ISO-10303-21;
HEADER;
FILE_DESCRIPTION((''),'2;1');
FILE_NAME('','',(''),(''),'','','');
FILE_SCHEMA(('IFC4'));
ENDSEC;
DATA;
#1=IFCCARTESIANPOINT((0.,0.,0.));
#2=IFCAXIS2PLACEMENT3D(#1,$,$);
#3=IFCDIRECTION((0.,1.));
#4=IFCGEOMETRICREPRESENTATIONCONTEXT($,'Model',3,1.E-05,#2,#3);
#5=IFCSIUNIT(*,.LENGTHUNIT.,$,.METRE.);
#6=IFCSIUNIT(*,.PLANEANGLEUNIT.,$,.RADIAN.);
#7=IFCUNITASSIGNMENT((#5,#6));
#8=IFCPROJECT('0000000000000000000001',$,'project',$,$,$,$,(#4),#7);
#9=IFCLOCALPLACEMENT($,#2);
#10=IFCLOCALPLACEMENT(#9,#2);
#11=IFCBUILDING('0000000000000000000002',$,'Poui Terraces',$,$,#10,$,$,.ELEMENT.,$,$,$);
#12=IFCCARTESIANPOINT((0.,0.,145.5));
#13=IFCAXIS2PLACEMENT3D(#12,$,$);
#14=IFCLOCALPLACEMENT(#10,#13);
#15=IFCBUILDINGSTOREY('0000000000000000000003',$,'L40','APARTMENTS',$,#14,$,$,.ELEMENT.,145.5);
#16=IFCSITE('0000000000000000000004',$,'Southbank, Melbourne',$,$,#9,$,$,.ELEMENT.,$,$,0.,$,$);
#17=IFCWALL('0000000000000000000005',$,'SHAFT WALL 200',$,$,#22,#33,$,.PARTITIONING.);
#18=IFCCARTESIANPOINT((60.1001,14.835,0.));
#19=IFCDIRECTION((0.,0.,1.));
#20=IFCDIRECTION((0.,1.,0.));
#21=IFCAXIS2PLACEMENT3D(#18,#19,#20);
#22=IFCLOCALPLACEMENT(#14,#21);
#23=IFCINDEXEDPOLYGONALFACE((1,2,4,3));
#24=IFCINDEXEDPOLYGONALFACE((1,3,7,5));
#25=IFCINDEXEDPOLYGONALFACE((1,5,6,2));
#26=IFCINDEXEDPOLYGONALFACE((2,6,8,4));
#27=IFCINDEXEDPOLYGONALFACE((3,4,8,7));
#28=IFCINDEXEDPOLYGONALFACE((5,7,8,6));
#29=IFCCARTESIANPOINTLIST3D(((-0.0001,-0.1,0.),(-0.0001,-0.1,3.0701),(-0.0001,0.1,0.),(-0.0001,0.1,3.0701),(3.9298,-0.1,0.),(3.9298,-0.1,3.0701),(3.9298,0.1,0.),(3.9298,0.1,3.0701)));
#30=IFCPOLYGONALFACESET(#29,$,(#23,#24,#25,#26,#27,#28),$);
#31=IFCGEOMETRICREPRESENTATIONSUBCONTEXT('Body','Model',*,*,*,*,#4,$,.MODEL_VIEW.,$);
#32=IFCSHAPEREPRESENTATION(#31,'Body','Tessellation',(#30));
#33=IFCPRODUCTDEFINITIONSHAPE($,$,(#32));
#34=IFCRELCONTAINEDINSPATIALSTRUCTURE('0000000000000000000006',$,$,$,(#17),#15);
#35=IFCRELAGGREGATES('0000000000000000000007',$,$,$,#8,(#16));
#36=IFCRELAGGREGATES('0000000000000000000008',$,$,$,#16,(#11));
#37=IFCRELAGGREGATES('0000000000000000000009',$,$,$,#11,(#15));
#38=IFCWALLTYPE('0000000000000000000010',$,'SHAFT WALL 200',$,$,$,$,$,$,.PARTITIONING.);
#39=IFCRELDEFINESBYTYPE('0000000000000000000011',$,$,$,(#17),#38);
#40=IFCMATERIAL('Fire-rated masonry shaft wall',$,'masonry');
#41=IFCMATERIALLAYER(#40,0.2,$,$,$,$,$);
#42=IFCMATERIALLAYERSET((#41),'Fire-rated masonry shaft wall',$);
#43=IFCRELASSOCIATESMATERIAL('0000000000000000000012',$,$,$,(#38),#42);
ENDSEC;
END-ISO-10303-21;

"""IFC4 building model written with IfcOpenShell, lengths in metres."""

from ifc_helpers import new_model, si_unit, direction, frame, frame_2d, origin, place, context, subcontext, project, spatial, rectangle, extrude, material, layer, layer_set, type_object, element, save


model = new_model("IFC4")

# Units and contexts
model_context = context("Model", 3, precision=1e-05, world=origin(), true_north=direction((0.0, 1.0)))
body_context = subcontext(model_context, "Body", "Model", "MODEL_VIEW")
ifc_project = project(units=[si_unit("LENGTHUNIT", "METRE"), si_unit("PLANEANGLEUNIT", "RADIAN")], contexts=[model_context])

# Site, building, storey
site_placement = place(None, origin())
site = spatial("IfcSite", under=ifc_project, at=site_placement, Name="Southbank, Melbourne", CompositionType="ELEMENT", RefElevation=0.0)
building_placement = place(site_placement, origin())
building = spatial("IfcBuilding", under=site, at=building_placement, Name="Poui Terraces", CompositionType="ELEMENT")
storey_placement = place(building_placement, frame((0.0, 0.0, 145.5)))
storey = spatial("IfcBuildingStorey", under=building, at=storey_placement, Name="L40", Description="APARTMENTS", CompositionType="ELEMENT", Elevation=145.5)

# Wall
ifc_material_1 = material(Name="Fire-rated masonry shaft wall", Category="masonry")
ifc_layer_1 = layer(ifc_material_1, 0.2)
ifc_layer_set_1 = layer_set([ifc_layer_1], Name="Fire-rated masonry shaft wall")
wall_type_1 = type_object("IfcWallType", Name="SHAFT WALL 200", PredefinedType="PARTITIONING", material=ifc_layer_set_1)
wall_1_placement = place(storey_placement, frame((60.1001, 14.835, 0.0), z_axis=(0.0, 0.0, 1.0), x_axis=(0.0, 1.0, 0.0)))
element("IfcWall", 1, at=wall_1_placement, inside=storey, type_object=wall_type_1, Name="SHAFT WALL 200", PredefinedType="PARTITIONING", context=body_context, shape_type="SweptSolid", body=[
    extrude(rectangle(XDim=3.9299, YDim=0.2, at=frame_2d((1.9648, 0.0))), origin(), (0.0, 0.0, 1.0), 3.0701),
])

save(model, "model.ifc")
